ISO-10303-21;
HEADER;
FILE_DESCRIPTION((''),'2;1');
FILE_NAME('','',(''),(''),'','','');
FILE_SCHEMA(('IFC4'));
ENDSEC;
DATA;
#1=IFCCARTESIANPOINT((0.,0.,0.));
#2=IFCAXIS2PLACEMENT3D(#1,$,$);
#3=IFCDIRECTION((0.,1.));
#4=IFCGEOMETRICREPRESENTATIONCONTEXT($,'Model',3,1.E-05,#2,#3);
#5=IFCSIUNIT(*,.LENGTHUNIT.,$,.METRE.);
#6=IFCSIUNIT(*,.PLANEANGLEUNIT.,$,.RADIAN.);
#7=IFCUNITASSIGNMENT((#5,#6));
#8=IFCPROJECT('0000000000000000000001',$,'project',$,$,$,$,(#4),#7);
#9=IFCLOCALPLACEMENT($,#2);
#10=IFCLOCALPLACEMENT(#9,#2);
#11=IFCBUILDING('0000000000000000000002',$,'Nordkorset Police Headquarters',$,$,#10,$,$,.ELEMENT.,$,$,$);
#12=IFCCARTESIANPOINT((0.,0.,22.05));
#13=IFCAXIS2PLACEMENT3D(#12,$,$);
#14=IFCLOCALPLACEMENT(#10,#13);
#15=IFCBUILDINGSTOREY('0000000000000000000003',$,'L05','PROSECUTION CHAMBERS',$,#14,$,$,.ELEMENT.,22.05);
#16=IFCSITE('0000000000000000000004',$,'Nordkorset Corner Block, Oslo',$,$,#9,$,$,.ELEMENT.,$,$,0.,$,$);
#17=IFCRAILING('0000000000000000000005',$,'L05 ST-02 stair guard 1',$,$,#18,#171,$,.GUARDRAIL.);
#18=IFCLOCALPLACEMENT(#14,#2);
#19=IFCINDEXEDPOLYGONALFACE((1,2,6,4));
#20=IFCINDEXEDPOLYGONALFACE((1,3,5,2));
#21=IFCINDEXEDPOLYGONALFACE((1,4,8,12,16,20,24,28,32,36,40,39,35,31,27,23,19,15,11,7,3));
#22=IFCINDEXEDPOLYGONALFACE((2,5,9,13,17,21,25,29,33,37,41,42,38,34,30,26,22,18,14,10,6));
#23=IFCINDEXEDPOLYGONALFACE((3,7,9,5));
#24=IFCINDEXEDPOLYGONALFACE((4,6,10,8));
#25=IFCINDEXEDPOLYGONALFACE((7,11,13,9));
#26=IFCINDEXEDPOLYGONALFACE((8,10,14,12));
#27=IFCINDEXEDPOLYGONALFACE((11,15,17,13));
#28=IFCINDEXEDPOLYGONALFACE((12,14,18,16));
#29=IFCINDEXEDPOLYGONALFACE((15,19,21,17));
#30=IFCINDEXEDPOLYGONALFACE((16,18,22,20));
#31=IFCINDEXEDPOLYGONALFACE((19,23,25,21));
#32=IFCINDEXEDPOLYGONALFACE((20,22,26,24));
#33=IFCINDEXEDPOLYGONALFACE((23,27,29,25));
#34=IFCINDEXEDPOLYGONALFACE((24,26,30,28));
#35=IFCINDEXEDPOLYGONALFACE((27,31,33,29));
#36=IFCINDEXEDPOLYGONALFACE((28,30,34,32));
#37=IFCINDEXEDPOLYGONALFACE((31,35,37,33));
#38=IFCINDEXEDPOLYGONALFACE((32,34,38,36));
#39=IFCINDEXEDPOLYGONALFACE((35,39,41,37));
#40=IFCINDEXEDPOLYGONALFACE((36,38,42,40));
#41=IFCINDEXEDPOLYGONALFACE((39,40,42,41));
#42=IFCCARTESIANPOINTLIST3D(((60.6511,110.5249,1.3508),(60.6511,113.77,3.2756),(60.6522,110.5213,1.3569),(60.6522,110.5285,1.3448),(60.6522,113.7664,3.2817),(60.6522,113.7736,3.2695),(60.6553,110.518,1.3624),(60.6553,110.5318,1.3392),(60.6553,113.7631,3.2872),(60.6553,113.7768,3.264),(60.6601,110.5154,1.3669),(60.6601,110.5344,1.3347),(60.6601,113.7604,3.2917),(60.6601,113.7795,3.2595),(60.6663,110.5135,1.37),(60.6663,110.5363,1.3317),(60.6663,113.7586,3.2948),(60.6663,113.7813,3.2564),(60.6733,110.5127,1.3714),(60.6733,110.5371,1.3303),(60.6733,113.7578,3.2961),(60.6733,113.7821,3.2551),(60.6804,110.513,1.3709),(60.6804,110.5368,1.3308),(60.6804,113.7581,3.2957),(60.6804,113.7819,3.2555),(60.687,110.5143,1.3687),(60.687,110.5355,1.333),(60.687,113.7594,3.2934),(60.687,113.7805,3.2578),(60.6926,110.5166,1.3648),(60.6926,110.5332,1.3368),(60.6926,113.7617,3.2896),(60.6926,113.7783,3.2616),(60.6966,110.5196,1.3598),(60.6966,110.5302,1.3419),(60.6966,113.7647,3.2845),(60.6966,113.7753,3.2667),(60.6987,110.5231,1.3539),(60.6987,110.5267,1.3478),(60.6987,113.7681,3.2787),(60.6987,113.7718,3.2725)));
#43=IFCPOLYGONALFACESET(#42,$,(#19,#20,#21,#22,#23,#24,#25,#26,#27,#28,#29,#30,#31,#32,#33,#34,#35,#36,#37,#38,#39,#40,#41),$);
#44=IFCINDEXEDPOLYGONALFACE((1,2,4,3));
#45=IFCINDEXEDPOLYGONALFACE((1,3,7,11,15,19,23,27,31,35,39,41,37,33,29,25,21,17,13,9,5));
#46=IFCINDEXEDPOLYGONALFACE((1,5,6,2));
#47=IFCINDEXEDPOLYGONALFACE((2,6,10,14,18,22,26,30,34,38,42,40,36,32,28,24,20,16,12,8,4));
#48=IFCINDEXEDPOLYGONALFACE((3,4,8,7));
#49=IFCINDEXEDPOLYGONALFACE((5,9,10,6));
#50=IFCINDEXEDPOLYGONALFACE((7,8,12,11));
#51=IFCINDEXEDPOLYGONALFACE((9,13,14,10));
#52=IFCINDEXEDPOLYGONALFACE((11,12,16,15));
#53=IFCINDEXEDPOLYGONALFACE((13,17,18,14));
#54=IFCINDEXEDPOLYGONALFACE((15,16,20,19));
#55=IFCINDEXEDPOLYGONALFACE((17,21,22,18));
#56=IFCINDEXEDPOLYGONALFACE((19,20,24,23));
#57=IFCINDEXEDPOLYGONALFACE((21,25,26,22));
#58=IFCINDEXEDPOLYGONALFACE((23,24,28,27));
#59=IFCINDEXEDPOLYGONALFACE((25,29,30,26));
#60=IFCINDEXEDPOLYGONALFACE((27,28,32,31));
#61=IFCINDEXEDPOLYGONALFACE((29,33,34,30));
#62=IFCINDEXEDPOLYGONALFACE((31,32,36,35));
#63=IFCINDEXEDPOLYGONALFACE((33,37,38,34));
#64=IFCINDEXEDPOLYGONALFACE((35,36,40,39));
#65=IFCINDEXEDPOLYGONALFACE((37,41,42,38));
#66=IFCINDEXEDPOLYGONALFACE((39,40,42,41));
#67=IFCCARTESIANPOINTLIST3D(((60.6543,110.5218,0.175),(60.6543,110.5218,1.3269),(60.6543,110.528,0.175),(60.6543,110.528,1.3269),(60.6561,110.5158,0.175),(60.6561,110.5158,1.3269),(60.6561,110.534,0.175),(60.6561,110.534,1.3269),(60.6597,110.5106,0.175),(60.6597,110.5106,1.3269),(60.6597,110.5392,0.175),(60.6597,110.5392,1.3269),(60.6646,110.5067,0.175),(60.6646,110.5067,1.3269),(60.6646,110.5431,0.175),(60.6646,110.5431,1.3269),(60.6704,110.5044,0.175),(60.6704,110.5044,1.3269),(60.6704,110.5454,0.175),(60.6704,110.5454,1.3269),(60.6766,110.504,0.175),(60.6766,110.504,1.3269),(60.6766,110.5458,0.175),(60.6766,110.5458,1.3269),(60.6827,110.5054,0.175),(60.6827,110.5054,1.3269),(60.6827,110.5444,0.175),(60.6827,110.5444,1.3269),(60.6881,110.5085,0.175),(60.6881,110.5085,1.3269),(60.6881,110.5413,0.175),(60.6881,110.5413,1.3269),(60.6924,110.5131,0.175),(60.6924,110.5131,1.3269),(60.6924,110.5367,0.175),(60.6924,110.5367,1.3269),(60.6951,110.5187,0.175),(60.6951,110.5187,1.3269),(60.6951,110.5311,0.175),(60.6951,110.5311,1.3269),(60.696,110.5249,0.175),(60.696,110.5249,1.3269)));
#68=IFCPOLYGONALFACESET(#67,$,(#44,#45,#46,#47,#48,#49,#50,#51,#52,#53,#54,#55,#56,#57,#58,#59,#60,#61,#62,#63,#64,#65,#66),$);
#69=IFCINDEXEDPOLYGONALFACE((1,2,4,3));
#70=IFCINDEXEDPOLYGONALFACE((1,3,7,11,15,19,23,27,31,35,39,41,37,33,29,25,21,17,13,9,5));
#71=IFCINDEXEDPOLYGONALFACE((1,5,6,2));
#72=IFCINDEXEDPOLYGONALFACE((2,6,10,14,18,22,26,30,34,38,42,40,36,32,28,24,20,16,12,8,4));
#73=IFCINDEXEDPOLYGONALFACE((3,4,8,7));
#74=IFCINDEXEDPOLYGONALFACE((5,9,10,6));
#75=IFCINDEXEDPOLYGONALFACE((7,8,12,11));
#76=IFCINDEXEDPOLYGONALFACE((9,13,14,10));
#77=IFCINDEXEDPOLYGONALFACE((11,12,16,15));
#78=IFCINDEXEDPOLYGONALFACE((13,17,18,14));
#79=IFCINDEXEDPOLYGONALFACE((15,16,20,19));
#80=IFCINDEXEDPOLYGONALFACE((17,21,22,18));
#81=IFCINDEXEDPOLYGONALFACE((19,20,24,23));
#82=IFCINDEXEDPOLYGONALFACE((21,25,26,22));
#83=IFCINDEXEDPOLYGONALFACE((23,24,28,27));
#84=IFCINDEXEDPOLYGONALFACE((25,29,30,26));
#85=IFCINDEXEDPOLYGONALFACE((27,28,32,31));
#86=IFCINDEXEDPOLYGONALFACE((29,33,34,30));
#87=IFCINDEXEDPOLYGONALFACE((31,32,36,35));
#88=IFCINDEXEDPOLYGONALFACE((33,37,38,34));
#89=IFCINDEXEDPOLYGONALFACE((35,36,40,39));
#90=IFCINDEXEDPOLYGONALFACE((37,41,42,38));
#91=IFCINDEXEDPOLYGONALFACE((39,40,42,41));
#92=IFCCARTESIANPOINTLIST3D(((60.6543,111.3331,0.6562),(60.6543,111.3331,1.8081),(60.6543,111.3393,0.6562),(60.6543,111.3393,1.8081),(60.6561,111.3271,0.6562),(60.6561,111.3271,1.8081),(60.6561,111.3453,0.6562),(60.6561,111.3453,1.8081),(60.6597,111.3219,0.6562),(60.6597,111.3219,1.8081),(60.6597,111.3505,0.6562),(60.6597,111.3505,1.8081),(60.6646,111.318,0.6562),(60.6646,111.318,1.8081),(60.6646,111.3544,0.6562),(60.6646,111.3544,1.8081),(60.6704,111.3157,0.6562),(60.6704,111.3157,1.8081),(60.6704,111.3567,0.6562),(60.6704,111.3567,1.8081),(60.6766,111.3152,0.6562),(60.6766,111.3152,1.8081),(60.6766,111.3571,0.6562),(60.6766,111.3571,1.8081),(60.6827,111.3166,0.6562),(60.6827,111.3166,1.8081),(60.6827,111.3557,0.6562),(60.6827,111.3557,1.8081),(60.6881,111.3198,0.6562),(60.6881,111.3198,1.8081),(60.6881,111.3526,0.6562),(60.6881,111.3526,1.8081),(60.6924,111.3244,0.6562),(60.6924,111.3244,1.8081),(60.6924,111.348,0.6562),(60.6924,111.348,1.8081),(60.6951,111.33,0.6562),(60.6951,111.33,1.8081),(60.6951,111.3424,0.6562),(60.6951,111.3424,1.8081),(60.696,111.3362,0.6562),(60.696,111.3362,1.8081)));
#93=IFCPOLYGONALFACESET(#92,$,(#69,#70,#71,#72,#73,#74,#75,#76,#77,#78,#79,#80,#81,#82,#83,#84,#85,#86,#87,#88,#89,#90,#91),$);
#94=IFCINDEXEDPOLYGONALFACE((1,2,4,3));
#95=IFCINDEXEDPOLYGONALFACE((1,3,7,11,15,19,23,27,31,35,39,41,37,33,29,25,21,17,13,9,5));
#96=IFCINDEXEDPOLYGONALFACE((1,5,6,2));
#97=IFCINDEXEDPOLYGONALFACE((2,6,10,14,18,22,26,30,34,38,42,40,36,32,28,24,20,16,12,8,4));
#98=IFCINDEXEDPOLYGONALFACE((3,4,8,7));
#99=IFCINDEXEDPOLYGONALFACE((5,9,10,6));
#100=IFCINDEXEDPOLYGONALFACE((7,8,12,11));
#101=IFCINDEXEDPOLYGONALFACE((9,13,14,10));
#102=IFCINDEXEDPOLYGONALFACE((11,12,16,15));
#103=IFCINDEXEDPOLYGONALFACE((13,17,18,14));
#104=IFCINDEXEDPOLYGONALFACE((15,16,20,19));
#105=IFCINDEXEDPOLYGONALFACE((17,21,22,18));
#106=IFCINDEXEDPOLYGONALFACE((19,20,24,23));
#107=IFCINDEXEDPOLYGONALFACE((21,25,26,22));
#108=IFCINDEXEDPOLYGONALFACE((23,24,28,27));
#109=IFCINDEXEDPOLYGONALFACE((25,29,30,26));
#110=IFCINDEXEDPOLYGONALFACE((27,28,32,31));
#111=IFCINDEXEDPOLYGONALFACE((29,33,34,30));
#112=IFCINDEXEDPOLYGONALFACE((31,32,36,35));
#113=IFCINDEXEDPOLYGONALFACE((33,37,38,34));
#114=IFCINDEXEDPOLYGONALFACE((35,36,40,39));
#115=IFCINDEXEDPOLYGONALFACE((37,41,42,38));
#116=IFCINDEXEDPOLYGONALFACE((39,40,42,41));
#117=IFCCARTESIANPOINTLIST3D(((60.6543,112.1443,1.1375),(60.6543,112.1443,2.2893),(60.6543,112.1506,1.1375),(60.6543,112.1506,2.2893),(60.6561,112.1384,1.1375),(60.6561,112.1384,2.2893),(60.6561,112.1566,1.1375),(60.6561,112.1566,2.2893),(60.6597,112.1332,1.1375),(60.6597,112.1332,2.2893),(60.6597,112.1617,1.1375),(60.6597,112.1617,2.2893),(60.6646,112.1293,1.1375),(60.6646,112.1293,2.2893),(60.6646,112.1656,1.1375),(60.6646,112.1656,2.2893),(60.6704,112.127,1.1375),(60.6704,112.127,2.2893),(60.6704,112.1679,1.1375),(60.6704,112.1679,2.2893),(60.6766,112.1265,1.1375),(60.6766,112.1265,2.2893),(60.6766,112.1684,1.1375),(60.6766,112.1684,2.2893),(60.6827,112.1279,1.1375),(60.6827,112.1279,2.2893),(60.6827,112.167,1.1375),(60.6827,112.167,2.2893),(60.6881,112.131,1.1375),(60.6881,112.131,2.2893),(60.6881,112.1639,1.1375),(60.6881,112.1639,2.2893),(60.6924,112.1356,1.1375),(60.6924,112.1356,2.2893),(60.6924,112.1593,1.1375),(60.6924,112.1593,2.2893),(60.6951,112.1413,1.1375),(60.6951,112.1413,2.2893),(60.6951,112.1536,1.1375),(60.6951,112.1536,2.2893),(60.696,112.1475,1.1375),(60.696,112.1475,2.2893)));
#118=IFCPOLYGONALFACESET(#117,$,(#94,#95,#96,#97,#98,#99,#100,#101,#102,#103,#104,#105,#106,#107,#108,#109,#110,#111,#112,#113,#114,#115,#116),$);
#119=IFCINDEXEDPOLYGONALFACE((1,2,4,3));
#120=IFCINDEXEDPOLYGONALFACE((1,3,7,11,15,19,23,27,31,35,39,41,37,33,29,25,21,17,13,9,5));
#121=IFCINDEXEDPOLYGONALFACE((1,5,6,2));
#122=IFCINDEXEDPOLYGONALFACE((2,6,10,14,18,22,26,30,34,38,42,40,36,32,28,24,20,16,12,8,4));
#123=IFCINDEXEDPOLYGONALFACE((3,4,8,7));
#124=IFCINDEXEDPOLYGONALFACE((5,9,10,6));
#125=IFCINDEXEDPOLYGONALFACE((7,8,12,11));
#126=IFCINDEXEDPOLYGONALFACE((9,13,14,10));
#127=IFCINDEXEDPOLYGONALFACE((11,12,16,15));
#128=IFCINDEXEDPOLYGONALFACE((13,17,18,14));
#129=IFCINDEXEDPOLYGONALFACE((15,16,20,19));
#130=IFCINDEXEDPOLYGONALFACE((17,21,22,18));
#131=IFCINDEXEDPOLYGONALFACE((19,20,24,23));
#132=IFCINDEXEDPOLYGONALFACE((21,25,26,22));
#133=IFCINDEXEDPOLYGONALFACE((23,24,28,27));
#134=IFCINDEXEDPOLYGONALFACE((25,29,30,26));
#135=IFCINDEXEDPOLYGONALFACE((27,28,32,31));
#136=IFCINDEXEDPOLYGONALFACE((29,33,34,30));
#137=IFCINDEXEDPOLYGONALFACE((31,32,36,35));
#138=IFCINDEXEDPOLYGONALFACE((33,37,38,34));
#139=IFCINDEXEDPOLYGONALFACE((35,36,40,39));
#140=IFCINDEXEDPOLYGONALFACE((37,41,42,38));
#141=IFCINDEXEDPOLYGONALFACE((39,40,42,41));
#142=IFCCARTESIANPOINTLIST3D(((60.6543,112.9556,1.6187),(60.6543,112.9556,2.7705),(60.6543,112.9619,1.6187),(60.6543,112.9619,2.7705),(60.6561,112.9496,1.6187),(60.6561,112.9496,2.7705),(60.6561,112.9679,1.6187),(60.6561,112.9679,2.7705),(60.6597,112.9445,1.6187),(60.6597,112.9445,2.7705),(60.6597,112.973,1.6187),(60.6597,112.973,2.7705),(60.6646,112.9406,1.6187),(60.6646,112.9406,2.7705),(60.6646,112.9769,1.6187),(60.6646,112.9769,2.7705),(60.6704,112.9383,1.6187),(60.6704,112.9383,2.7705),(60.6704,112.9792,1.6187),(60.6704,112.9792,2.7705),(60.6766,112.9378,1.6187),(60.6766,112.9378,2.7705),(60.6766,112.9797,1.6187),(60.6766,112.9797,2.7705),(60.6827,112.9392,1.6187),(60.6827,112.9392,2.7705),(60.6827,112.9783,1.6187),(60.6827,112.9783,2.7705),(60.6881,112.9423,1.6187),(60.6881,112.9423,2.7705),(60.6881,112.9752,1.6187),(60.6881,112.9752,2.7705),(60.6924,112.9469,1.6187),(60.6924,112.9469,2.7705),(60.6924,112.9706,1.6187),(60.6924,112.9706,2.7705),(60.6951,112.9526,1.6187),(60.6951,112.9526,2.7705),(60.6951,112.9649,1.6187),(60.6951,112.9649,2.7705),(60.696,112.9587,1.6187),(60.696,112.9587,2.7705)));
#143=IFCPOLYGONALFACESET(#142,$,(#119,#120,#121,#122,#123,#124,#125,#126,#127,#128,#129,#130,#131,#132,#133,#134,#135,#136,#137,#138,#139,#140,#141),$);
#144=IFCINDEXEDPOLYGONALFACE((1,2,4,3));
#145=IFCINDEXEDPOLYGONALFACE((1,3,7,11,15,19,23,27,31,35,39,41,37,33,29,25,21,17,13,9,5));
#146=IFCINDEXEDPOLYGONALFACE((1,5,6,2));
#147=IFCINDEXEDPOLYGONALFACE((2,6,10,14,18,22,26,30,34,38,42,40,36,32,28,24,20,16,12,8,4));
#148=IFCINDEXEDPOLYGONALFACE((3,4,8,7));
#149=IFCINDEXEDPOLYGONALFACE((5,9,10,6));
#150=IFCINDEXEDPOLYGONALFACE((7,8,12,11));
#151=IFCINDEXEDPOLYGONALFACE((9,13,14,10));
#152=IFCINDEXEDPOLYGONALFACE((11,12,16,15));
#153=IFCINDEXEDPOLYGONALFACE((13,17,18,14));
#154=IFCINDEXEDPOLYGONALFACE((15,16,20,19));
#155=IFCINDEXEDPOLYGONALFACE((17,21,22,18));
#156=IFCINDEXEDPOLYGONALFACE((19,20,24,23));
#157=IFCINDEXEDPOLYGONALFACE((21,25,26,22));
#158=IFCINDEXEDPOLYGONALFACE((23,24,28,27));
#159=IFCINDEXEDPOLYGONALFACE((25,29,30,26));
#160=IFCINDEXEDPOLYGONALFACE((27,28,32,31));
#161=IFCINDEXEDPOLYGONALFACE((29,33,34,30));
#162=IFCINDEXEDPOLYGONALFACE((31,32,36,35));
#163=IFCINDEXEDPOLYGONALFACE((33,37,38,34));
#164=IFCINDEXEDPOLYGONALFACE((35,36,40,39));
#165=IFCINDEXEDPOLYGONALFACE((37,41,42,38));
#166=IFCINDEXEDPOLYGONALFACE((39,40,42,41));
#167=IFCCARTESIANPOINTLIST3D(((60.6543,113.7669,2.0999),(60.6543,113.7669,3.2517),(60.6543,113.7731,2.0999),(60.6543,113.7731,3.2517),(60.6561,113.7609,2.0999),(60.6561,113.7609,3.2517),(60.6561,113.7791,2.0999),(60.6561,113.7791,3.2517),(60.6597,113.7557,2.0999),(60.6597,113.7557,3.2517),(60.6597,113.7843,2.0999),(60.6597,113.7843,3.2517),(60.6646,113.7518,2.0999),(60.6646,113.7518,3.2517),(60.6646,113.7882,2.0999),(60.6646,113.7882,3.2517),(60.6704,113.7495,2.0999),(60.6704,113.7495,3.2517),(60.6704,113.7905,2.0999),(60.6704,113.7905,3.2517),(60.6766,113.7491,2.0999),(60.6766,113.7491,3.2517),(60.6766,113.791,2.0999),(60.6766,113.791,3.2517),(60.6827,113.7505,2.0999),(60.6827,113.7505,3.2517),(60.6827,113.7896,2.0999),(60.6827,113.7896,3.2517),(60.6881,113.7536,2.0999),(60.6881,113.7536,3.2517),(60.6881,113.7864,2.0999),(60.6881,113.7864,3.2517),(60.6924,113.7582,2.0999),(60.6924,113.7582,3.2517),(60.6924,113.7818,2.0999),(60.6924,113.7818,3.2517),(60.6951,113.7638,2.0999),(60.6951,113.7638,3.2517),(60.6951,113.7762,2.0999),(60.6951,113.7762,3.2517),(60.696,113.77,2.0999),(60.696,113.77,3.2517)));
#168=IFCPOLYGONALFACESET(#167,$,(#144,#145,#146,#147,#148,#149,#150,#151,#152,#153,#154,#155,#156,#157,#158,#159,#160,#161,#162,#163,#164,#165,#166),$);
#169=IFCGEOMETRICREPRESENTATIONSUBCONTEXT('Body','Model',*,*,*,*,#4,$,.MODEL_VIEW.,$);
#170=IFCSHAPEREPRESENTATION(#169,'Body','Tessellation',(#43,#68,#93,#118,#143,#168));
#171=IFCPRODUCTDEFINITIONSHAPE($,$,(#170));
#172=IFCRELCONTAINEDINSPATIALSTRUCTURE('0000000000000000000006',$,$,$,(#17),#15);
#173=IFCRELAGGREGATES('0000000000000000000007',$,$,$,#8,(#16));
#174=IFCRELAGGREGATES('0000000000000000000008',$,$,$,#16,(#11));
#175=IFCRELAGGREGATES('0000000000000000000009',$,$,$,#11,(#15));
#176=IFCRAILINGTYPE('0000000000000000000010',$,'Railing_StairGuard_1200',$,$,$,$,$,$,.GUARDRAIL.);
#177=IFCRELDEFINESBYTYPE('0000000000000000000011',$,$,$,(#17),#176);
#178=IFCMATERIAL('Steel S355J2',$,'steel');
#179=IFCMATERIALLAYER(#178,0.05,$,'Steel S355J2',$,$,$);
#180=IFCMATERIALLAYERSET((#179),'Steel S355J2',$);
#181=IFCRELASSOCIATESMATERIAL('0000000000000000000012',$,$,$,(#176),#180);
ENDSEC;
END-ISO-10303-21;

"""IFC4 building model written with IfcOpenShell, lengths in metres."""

from ifc_helpers import new_model, si_unit, direction, frame, origin, origin_2d, place, context, subcontext, project, spatial, circle, extrude, material, layer, layer_set, type_object, element, save


model = new_model("IFC4")

# Units and contexts
model_context = context("Model", 3, precision=1e-05, world=origin(), true_north=direction((0.0, 1.0)))
body_context = subcontext(model_context, "Body", "Model", "MODEL_VIEW")
ifc_project = project(units=[si_unit("LENGTHUNIT", "METRE"), si_unit("PLANEANGLEUNIT", "RADIAN")], contexts=[model_context])

# Site, building, storey
site_placement = place(None, origin())
site = spatial("IfcSite", under=ifc_project, at=site_placement, Name="Nordkorset Corner Block, Oslo", CompositionType="ELEMENT", RefElevation=0.0)
building_placement = place(site_placement, origin())
building = spatial("IfcBuilding", under=site, at=building_placement, Name="Nordkorset Police Headquarters", CompositionType="ELEMENT")
storey_placement = place(building_placement, frame((0.0, 0.0, 22.05)))
storey = spatial("IfcBuildingStorey", under=building, at=storey_placement, Name="L05", Description="PROSECUTION CHAMBERS", CompositionType="ELEMENT", Elevation=22.05)

# Railing
ifc_material_1 = material(Name="Steel S355J2", Category="steel")
ifc_layer_1 = layer(ifc_material_1, 0.05, Name="Steel S355J2")
ifc_layer_set_1 = layer_set([ifc_layer_1], Name="Steel S355J2")
railing_type_1 = type_object("IfcRailingType", Name="Railing_StairGuard_1200", PredefinedType="GUARDRAIL", material=ifc_layer_set_1)
railing_1_placement = place(storey_placement, frame((60.675, 110.5249, 0.175)))
element("IfcRailing", 1, at=railing_1_placement, inside=storey, type_object=railing_type_1, Name="L05 ST-02 stair guard 1", PredefinedType="GUARDRAIL", context=body_context, shape_type="SweptSolid", body=[
    extrude(circle(Radius=0.0239, at=origin_2d()), frame((0.0, 0.0, 1.1758), z_axis=(0.0, 0.860085, 0.51015), x_axis=(-1.0, 0.0, 0.0)), (0.0, 0.0, 1.0), 3.7729),
    extrude(circle(Radius=0.021, at=origin_2d()), origin(), (0.0, 0.0, 1.0), 1.1519),
    extrude(circle(Radius=0.021, at=origin_2d()), frame((0.0, 0.8113, 0.4812)), (0.0, 0.0, 1.0), 1.1519),
    extrude(circle(Radius=0.021, at=origin_2d()), frame((0.0, 1.6226, 0.9624)), (0.0, 0.0, 1.0), 1.1519),
    extrude(circle(Radius=0.021, at=origin_2d()), frame((0.0, 2.4338, 1.4436)), (0.0, 0.0, 1.0), 1.1519),
    extrude(circle(Radius=0.021, at=origin_2d()), frame((0.0, 3.2451, 1.9248)), (0.0, 0.0, 1.0), 1.1519),
])

save(model, "model.ifc")
